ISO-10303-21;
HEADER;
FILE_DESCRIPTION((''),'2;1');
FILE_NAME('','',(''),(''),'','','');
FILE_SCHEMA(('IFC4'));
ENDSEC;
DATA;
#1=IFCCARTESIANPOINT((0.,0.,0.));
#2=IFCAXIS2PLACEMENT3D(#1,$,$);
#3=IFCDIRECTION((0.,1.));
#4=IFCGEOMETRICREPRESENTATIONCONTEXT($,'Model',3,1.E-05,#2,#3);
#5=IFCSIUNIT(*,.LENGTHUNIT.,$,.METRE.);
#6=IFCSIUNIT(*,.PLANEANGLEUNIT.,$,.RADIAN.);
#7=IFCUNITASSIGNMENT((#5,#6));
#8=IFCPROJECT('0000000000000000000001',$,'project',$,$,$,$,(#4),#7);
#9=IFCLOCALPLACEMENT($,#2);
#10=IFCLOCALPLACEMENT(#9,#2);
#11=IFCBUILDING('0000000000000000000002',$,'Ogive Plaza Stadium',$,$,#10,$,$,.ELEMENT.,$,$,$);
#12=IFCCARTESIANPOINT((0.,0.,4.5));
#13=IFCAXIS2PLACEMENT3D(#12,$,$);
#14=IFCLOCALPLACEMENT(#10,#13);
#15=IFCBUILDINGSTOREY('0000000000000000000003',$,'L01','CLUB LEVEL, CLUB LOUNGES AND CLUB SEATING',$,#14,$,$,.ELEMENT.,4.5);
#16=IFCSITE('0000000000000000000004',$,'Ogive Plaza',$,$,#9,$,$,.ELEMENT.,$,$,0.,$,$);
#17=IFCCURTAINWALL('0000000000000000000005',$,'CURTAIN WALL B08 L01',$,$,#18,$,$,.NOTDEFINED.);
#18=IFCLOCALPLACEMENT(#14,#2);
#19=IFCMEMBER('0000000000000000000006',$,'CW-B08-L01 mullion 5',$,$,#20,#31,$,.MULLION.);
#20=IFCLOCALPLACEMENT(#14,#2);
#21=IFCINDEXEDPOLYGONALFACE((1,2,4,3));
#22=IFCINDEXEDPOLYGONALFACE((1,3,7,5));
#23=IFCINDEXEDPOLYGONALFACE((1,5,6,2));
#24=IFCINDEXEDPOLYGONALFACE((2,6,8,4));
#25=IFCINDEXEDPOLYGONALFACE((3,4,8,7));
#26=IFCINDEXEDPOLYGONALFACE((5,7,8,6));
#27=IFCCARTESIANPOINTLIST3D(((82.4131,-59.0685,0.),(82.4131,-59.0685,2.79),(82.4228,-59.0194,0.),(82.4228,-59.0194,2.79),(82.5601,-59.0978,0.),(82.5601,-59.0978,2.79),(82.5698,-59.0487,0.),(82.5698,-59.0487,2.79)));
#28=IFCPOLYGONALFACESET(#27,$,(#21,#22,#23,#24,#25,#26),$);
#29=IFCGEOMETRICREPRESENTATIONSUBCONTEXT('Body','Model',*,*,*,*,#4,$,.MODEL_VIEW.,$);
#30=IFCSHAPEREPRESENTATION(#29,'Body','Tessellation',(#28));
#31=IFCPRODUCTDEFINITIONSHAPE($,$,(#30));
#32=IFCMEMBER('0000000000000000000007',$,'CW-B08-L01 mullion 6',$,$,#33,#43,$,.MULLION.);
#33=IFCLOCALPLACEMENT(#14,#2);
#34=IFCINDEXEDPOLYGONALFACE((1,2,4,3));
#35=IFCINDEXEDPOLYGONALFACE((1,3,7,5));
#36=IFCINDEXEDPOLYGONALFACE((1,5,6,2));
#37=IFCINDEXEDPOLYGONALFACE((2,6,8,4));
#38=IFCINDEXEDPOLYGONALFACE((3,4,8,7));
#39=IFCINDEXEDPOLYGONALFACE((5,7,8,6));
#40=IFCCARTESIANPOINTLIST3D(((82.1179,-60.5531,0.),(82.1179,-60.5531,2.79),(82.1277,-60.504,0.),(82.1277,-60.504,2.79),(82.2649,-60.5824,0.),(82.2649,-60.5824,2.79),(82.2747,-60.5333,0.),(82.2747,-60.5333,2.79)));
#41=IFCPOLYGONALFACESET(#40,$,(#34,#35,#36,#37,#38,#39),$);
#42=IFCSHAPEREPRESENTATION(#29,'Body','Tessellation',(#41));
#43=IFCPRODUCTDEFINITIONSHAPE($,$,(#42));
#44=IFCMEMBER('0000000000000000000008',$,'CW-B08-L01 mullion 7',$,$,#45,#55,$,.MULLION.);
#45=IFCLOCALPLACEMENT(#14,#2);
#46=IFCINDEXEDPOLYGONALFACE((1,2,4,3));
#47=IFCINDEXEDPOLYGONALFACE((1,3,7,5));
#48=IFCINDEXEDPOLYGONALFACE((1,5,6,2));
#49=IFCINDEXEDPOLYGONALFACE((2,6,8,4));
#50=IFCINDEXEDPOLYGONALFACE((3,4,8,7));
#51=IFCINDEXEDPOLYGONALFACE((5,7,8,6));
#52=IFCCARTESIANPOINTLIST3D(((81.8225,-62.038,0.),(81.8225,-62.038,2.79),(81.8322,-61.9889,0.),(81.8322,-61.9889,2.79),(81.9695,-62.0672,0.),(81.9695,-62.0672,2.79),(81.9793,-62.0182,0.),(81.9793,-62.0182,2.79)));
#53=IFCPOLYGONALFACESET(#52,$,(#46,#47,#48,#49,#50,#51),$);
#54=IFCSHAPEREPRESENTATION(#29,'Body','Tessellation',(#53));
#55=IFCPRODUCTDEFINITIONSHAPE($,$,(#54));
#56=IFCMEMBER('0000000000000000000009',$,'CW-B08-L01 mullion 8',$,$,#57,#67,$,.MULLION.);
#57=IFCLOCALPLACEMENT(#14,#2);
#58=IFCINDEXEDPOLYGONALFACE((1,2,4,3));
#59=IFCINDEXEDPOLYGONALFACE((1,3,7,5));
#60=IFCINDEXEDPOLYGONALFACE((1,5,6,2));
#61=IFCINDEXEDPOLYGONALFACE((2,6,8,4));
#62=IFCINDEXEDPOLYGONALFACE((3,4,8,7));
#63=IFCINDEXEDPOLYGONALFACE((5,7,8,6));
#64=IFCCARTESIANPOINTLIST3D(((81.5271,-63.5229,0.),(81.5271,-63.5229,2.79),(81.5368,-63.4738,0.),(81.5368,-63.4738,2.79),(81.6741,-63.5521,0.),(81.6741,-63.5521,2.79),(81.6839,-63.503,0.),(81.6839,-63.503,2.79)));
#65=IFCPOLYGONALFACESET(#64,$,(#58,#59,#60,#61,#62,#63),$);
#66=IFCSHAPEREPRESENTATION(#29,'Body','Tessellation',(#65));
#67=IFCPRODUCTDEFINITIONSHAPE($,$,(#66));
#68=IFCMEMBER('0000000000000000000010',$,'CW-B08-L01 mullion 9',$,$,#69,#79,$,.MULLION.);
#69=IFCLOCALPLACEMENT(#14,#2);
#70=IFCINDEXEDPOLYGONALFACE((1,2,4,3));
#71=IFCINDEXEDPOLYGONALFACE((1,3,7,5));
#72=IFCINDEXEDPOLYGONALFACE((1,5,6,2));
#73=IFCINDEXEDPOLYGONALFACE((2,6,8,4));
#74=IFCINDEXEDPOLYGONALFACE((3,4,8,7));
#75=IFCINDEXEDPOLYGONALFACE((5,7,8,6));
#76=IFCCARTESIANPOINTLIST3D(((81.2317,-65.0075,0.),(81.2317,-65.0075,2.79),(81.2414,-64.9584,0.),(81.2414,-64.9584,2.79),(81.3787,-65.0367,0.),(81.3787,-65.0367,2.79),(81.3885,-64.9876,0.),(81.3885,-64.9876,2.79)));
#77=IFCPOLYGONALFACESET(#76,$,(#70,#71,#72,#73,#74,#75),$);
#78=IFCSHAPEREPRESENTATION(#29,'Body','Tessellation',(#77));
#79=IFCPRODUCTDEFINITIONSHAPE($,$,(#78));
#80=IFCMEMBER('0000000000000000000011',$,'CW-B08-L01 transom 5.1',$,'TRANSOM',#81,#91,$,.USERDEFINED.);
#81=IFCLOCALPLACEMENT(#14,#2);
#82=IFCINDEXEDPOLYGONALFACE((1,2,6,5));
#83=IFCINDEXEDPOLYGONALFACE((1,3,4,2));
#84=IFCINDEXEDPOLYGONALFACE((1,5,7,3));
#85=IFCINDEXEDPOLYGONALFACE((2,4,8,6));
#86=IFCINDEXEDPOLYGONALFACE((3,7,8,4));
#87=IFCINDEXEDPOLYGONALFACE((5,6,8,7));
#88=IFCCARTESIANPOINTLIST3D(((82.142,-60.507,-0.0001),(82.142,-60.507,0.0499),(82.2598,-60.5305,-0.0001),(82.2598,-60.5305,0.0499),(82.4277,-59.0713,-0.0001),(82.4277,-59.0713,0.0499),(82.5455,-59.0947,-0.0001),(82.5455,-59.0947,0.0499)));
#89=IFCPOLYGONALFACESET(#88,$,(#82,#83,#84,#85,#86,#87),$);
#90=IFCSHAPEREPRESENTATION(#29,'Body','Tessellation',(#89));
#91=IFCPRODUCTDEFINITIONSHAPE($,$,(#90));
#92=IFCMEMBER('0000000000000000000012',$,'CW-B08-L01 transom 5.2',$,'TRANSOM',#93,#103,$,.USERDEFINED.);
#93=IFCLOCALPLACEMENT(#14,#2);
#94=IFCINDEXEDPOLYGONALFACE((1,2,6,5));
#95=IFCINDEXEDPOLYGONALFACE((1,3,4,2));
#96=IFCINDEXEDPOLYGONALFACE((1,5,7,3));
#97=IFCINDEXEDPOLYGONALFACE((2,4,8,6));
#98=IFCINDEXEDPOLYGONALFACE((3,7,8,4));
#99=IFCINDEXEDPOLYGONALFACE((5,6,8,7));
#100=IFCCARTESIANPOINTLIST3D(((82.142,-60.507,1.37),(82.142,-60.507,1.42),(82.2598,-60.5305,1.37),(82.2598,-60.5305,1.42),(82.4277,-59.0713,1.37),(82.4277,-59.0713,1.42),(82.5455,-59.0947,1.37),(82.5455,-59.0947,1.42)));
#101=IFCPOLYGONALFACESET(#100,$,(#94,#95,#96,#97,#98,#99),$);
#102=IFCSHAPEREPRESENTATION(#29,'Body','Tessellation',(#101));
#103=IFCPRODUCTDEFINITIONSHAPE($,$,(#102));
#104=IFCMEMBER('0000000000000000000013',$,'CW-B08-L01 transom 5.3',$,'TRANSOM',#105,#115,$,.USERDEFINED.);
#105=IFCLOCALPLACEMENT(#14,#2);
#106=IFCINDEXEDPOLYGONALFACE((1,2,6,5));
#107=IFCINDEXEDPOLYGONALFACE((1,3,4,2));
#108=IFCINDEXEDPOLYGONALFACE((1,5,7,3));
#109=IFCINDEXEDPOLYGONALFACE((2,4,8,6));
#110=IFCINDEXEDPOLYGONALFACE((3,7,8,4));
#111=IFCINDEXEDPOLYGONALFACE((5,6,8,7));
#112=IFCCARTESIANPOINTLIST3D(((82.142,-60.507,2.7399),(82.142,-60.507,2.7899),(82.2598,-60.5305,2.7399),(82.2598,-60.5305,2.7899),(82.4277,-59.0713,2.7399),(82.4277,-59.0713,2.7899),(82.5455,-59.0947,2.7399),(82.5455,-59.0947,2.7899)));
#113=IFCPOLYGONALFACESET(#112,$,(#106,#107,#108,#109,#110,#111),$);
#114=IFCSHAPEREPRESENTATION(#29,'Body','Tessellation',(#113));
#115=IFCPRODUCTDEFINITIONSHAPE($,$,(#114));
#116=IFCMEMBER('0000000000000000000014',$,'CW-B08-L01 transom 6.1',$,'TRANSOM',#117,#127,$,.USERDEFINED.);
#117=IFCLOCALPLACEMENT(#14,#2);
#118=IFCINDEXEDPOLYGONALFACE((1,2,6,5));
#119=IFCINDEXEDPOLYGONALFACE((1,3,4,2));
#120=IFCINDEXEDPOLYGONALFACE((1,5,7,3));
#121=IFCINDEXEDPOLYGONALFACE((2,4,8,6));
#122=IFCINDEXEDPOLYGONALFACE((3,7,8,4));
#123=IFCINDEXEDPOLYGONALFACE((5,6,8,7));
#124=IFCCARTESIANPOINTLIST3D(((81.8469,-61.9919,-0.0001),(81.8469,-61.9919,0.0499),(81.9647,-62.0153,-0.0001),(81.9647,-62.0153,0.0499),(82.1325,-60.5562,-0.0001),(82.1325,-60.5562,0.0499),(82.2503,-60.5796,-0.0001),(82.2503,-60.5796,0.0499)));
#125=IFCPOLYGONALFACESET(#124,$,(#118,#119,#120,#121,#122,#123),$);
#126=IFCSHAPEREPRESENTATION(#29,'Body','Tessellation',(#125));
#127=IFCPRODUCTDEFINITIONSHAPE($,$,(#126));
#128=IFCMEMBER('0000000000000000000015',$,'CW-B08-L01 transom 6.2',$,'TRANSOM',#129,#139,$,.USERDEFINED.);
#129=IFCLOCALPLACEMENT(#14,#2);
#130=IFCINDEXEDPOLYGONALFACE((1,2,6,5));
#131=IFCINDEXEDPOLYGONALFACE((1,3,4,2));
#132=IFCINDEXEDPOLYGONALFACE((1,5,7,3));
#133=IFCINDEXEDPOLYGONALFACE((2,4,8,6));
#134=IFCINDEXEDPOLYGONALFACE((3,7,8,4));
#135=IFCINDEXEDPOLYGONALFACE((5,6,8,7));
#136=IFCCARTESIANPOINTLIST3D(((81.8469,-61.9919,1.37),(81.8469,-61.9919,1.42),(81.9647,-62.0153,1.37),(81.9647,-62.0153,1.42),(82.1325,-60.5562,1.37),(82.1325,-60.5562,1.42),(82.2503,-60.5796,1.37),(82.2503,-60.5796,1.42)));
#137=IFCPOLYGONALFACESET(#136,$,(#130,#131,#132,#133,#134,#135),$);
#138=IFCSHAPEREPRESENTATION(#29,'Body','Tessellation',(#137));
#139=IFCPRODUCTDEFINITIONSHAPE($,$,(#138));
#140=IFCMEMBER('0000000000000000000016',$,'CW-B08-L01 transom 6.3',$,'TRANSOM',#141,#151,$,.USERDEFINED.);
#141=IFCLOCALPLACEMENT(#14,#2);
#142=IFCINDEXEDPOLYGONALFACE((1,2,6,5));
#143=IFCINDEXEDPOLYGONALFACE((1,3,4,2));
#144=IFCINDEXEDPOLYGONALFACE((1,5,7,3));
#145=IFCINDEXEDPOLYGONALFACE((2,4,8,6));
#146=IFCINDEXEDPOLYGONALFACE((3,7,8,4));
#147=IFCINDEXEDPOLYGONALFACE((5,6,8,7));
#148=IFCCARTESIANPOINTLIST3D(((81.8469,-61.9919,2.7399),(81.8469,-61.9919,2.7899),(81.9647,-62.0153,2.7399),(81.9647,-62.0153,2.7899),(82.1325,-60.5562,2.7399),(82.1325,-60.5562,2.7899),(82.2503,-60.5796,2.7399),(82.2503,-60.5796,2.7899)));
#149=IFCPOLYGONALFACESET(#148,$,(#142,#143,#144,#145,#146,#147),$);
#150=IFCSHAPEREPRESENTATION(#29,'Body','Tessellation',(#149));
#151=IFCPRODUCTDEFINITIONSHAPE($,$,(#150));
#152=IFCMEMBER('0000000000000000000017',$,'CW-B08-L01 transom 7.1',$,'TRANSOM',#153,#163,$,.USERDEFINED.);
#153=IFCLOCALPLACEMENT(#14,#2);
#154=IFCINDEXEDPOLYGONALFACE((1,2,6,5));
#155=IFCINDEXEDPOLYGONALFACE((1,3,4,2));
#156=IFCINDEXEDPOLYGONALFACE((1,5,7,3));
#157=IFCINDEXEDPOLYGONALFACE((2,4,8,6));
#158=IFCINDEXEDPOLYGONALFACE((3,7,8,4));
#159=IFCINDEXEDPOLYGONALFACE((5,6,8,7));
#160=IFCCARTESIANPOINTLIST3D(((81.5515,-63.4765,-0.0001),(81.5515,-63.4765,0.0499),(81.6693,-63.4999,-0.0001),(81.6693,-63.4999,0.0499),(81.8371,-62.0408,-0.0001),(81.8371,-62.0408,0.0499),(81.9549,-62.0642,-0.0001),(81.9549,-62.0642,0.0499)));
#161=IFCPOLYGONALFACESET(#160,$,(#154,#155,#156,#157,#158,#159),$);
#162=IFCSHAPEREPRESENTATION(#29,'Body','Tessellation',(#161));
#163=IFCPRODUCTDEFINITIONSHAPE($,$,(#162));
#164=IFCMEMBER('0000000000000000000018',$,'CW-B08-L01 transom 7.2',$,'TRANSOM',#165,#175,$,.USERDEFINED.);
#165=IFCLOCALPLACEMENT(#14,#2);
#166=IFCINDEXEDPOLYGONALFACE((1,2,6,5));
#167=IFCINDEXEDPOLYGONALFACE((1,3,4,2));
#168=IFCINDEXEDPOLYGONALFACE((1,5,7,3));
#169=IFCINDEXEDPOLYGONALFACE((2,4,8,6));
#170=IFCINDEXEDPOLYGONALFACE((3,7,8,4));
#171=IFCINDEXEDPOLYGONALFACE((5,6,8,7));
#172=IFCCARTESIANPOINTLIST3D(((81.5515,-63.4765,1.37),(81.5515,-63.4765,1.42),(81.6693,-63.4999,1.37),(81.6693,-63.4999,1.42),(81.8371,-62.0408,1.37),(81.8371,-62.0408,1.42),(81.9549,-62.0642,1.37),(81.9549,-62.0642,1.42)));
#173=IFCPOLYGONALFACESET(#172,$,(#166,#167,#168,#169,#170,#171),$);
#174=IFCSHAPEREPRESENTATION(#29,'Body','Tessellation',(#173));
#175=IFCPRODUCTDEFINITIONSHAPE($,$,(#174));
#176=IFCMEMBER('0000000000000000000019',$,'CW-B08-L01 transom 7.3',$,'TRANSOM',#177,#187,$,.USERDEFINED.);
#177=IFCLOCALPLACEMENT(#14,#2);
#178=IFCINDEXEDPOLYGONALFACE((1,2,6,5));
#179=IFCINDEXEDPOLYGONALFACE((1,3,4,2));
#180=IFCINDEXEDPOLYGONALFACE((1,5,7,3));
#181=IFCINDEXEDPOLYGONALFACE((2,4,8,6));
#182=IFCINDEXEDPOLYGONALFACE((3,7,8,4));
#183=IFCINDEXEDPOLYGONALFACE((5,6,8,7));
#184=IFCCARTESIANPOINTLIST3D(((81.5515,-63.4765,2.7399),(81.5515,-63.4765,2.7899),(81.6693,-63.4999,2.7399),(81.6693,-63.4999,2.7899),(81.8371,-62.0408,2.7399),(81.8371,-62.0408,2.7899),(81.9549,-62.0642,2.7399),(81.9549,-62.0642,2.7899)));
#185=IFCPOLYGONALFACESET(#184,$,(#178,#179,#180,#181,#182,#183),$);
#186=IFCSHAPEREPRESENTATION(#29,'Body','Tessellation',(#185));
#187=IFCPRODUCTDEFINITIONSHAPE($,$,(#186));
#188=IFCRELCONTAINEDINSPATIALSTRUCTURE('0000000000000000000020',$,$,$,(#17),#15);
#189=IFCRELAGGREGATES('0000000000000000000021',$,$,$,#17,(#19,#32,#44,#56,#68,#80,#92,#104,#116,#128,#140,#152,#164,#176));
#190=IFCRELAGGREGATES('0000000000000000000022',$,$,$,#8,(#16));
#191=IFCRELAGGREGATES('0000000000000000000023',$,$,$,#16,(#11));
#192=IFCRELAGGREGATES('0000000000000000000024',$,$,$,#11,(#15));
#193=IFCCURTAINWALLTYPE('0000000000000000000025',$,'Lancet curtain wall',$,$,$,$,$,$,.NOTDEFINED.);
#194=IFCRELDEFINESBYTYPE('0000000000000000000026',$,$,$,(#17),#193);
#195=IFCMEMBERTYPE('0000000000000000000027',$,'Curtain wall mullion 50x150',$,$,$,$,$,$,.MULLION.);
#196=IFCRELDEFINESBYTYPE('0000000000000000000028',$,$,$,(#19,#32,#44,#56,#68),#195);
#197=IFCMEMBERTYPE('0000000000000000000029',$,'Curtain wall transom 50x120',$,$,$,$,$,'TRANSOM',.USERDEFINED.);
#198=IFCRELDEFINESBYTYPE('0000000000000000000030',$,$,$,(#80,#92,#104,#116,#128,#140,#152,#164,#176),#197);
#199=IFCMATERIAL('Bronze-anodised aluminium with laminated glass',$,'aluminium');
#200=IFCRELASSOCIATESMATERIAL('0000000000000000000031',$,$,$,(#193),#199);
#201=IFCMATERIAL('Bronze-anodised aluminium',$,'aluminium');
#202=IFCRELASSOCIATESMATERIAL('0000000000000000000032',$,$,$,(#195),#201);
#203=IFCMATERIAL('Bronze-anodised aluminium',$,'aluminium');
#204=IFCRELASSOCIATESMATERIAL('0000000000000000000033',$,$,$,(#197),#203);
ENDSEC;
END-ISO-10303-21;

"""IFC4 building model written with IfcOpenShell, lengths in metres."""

from ifc_helpers import new_model, si_unit, direction, frame, origin, origin_2d, place, context, subcontext, project, spatial, rectangle, extrude, material, material_profile, profile_set, type_object, element, aggregate, save


model = new_model("IFC4")

# Units and contexts
model_context = context("Model", 3, precision=1e-05, world=origin(), true_north=direction((0.0, 1.0)))
body_context = subcontext(model_context, "Body", "Model", "MODEL_VIEW")
ifc_project = project(units=[si_unit("LENGTHUNIT", "METRE"), si_unit("PLANEANGLEUNIT", "RADIAN")], contexts=[model_context])

# Site, building, storey
site_placement = place(None, origin())
site = spatial("IfcSite", under=ifc_project, at=site_placement, Name="Ogive Plaza", CompositionType="ELEMENT", RefElevation=0.0)
building_placement = place(site_placement, origin())
building = spatial("IfcBuilding", under=site, at=building_placement, Name="Ogive Plaza Stadium", CompositionType="ELEMENT")
storey_placement = place(building_placement, frame((0.0, 0.0, 4.5)))
storey = spatial("IfcBuildingStorey", under=building, at=storey_placement, Name="L01", Description="CLUB LEVEL, CLUB LOUNGES AND CLUB SEATING", CompositionType="ELEMENT", Elevation=4.5)

# Curtain wall, members
ifc_material_1 = material(Name="Bronze-anodised aluminium with laminated glass", Category="aluminium")
curtain_wall_type = type_object("IfcCurtainWallType", Name="Lancet curtain wall", PredefinedType="NOTDEFINED", material=ifc_material_1)
curtain_wall_placement = place(storey_placement, origin())
curtain_wall = element("IfcCurtainWall", 1, at=curtain_wall_placement, inside=storey, type_object=curtain_wall_type, Name="CURTAIN WALL B08 L01", PredefinedType="NOTDEFINED")
ifc_material_2 = material(Name="Bronze-anodised aluminium", Category="aluminium")
ifc_material_profile_1 = material_profile(ifc_material_2, rectangle(XDim=0.1499, YDim=0.05, at=origin_2d()), Name="AL 150x50")
ifc_profile_set_1 = profile_set([ifc_material_profile_1], Name="Bronze-anodised aluminium")
member_type_1 = type_object("IfcMemberType", Name="Curtain wall mullion 50x150", PredefinedType="MULLION", material=ifc_profile_set_1)
member_1_placement = place(storey_placement, frame((82.4915, -59.0586, 0.0), z_axis=(0.0, 0.0, 1.0), x_axis=(0.980785, -0.19509, 0.0)))
member_1 = element("IfcMember", 2, at=member_1_placement, type_object=member_type_1, Name="CW-B08-L01 mullion 5", PredefinedType="MULLION", context=body_context, shape_type="SweptSolid", body=[
    extrude(rectangle(XDim=0.1499, YDim=0.05, at=origin_2d()), origin(), (0.0, 0.0, 1.0), 2.79),
])
member_2_placement = place(storey_placement, frame((82.1963, -60.5432, 0.0), z_axis=(0.0, 0.0, 1.0), x_axis=(0.980785, -0.19509, 0.0)))
member_2 = element("IfcMember", 3, at=member_2_placement, type_object=member_type_1, Name="CW-B08-L01 mullion 6", PredefinedType="MULLION", context=body_context, shape_type="SweptSolid", body=[
    extrude(rectangle(XDim=0.1499, YDim=0.05, at=origin_2d()), origin(), (0.0, 0.0, 1.0), 2.79),
])
member_3_placement = place(storey_placement, frame((81.9009, -62.0281, 0.0), z_axis=(0.0, 0.0, 1.0), x_axis=(0.980785, -0.19509, 0.0)))
member_3 = element("IfcMember", 4, at=member_3_placement, type_object=member_type_1, Name="CW-B08-L01 mullion 7", PredefinedType="MULLION", context=body_context, shape_type="SweptSolid", body=[
    extrude(rectangle(XDim=0.1499, YDim=0.05, at=origin_2d()), origin(), (0.0, 0.0, 1.0), 2.79),
])
member_4_placement = place(storey_placement, frame((81.6055, -63.5129, 0.0), z_axis=(0.0, 0.0, 1.0), x_axis=(0.980785, -0.19509, 0.0)))
member_4 = element("IfcMember", 5, at=member_4_placement, type_object=member_type_1, Name="CW-B08-L01 mullion 8", PredefinedType="MULLION", context=body_context, shape_type="SweptSolid", body=[
    extrude(rectangle(XDim=0.1499, YDim=0.05, at=origin_2d()), origin(), (0.0, 0.0, 1.0), 2.79),
])
member_5_placement = place(storey_placement, frame((81.3101, -64.9976, 0.0), z_axis=(0.0, 0.0, 1.0), x_axis=(0.980785, -0.19509, 0.0)))
member_5 = element("IfcMember", 6, at=member_5_placement, type_object=member_type_1, Name="CW-B08-L01 mullion 9", PredefinedType="MULLION", context=body_context, shape_type="SweptSolid", body=[
    extrude(rectangle(XDim=0.1499, YDim=0.05, at=origin_2d()), origin(), (0.0, 0.0, 1.0), 2.79),
])
ifc_material_3 = material(Name="Bronze-anodised aluminium", Category="aluminium")
ifc_material_profile_2 = material_profile(ifc_material_3, rectangle(XDim=0.1201, YDim=0.05, at=origin_2d()), Name="AL 120x50")
ifc_profile_set_2 = profile_set([ifc_material_profile_2], Name="Bronze-anodised aluminium")
member_type_2 = type_object("IfcMemberType", Name="Curtain wall transom 50x120", ElementType="TRANSOM", PredefinedType="USERDEFINED", material=ifc_profile_set_2)
member_6_placement = place(storey_placement, frame((82.4866, -59.083, 0.0249), z_axis=(-0.195122, -0.980779, 0.0), x_axis=(0.980779, -0.195122, 0.0)))
member_6 = element("IfcMember", 7, at=member_6_placement, type_object=member_type_2, Name="CW-B08-L01 transom 5.1", ObjectType="TRANSOM", PredefinedType="USERDEFINED", context=body_context, shape_type="SweptSolid", body=[
    extrude(rectangle(XDim=0.1201, YDim=0.05, at=origin_2d()), origin(), (0.0, 0.0, 1.0), 1.4639),
])
member_7_placement = place(storey_placement, frame((82.4866, -59.083, 1.395), z_axis=(-0.195122, -0.980779, 0.0), x_axis=(0.980779, -0.195122, 0.0)))
member_7 = element("IfcMember", 8, at=member_7_placement, type_object=member_type_2, Name="CW-B08-L01 transom 5.2", ObjectType="TRANSOM", PredefinedType="USERDEFINED", context=body_context, shape_type="SweptSolid", body=[
    extrude(rectangle(XDim=0.1201, YDim=0.05, at=origin_2d()), origin(), (0.0, 0.0, 1.0), 1.4639),
])
member_8_placement = place(storey_placement, frame((82.4866, -59.083, 2.7649), z_axis=(-0.195122, -0.980779, 0.0), x_axis=(0.980779, -0.195122, 0.0)))
member_8 = element("IfcMember", 9, at=member_8_placement, type_object=member_type_2, Name="CW-B08-L01 transom 5.3", ObjectType="TRANSOM", PredefinedType="USERDEFINED", context=body_context, shape_type="SweptSolid", body=[
    extrude(rectangle(XDim=0.1201, YDim=0.05, at=origin_2d()), origin(), (0.0, 0.0, 1.0), 1.4639),
])
member_9_placement = place(storey_placement, frame((82.1914, -60.5679, 0.0249), z_axis=(-0.195122, -0.980779, 0.0), x_axis=(0.980779, -0.195122, 0.0)))
member_9 = element("IfcMember", 10, at=member_9_placement, type_object=member_type_2, Name="CW-B08-L01 transom 6.1", ObjectType="TRANSOM", PredefinedType="USERDEFINED", context=body_context, shape_type="SweptSolid", body=[
    extrude(rectangle(XDim=0.1201, YDim=0.05, at=origin_2d()), origin(), (0.0, 0.0, 1.0), 1.4639),
])
member_10_placement = place(storey_placement, frame((82.1914, -60.5679, 1.395), z_axis=(-0.195122, -0.980779, 0.0), x_axis=(0.980779, -0.195122, 0.0)))
member_10 = element("IfcMember", 11, at=member_10_placement, type_object=member_type_2, Name="CW-B08-L01 transom 6.2", ObjectType="TRANSOM", PredefinedType="USERDEFINED", context=body_context, shape_type="SweptSolid", body=[
    extrude(rectangle(XDim=0.1201, YDim=0.05, at=origin_2d()), origin(), (0.0, 0.0, 1.0), 1.4639),
])
member_11_placement = place(storey_placement, frame((82.1914, -60.5679, 2.7649), z_axis=(-0.195122, -0.980779, 0.0), x_axis=(0.980779, -0.195122, 0.0)))
member_11 = element("IfcMember", 12, at=member_11_placement, type_object=member_type_2, Name="CW-B08-L01 transom 6.3", ObjectType="TRANSOM", PredefinedType="USERDEFINED", context=body_context, shape_type="SweptSolid", body=[
    extrude(rectangle(XDim=0.1201, YDim=0.05, at=origin_2d()), origin(), (0.0, 0.0, 1.0), 1.4639),
])
member_12_placement = place(storey_placement, frame((81.896, -62.0525, 0.0249), z_axis=(-0.195122, -0.980779, 0.0), x_axis=(0.980779, -0.195122, 0.0)))
member_12 = element("IfcMember", 13, at=member_12_placement, type_object=member_type_2, Name="CW-B08-L01 transom 7.1", ObjectType="TRANSOM", PredefinedType="USERDEFINED", context=body_context, shape_type="SweptSolid", body=[
    extrude(rectangle(XDim=0.1201, YDim=0.05, at=origin_2d()), origin(), (0.0, 0.0, 1.0), 1.4639),
])
member_13_placement = place(storey_placement, frame((81.896, -62.0525, 1.395), z_axis=(-0.195122, -0.980779, 0.0), x_axis=(0.980779, -0.195122, 0.0)))
member_13 = element("IfcMember", 14, at=member_13_placement, type_object=member_type_2, Name="CW-B08-L01 transom 7.2", ObjectType="TRANSOM", PredefinedType="USERDEFINED", context=body_context, shape_type="SweptSolid", body=[
    extrude(rectangle(XDim=0.1201, YDim=0.05, at=origin_2d()), origin(), (0.0, 0.0, 1.0), 1.4639),
])
member_14_placement = place(storey_placement, frame((81.896, -62.0525, 2.7649), z_axis=(-0.195122, -0.980779, 0.0), x_axis=(0.980779, -0.195122, 0.0)))
member_14 = element("IfcMember", 15, at=member_14_placement, type_object=member_type_2, Name="CW-B08-L01 transom 7.3", ObjectType="TRANSOM", PredefinedType="USERDEFINED", context=body_context, shape_type="SweptSolid", body=[
    extrude(rectangle(XDim=0.1201, YDim=0.05, at=origin_2d()), origin(), (0.0, 0.0, 1.0), 1.4639),
])
aggregate(curtain_wall, [member_1, member_2, member_3, member_4, member_5, member_6, member_7, member_8, member_9, member_10, member_11, member_12, member_13, member_14])

save(model, "model.ifc")
